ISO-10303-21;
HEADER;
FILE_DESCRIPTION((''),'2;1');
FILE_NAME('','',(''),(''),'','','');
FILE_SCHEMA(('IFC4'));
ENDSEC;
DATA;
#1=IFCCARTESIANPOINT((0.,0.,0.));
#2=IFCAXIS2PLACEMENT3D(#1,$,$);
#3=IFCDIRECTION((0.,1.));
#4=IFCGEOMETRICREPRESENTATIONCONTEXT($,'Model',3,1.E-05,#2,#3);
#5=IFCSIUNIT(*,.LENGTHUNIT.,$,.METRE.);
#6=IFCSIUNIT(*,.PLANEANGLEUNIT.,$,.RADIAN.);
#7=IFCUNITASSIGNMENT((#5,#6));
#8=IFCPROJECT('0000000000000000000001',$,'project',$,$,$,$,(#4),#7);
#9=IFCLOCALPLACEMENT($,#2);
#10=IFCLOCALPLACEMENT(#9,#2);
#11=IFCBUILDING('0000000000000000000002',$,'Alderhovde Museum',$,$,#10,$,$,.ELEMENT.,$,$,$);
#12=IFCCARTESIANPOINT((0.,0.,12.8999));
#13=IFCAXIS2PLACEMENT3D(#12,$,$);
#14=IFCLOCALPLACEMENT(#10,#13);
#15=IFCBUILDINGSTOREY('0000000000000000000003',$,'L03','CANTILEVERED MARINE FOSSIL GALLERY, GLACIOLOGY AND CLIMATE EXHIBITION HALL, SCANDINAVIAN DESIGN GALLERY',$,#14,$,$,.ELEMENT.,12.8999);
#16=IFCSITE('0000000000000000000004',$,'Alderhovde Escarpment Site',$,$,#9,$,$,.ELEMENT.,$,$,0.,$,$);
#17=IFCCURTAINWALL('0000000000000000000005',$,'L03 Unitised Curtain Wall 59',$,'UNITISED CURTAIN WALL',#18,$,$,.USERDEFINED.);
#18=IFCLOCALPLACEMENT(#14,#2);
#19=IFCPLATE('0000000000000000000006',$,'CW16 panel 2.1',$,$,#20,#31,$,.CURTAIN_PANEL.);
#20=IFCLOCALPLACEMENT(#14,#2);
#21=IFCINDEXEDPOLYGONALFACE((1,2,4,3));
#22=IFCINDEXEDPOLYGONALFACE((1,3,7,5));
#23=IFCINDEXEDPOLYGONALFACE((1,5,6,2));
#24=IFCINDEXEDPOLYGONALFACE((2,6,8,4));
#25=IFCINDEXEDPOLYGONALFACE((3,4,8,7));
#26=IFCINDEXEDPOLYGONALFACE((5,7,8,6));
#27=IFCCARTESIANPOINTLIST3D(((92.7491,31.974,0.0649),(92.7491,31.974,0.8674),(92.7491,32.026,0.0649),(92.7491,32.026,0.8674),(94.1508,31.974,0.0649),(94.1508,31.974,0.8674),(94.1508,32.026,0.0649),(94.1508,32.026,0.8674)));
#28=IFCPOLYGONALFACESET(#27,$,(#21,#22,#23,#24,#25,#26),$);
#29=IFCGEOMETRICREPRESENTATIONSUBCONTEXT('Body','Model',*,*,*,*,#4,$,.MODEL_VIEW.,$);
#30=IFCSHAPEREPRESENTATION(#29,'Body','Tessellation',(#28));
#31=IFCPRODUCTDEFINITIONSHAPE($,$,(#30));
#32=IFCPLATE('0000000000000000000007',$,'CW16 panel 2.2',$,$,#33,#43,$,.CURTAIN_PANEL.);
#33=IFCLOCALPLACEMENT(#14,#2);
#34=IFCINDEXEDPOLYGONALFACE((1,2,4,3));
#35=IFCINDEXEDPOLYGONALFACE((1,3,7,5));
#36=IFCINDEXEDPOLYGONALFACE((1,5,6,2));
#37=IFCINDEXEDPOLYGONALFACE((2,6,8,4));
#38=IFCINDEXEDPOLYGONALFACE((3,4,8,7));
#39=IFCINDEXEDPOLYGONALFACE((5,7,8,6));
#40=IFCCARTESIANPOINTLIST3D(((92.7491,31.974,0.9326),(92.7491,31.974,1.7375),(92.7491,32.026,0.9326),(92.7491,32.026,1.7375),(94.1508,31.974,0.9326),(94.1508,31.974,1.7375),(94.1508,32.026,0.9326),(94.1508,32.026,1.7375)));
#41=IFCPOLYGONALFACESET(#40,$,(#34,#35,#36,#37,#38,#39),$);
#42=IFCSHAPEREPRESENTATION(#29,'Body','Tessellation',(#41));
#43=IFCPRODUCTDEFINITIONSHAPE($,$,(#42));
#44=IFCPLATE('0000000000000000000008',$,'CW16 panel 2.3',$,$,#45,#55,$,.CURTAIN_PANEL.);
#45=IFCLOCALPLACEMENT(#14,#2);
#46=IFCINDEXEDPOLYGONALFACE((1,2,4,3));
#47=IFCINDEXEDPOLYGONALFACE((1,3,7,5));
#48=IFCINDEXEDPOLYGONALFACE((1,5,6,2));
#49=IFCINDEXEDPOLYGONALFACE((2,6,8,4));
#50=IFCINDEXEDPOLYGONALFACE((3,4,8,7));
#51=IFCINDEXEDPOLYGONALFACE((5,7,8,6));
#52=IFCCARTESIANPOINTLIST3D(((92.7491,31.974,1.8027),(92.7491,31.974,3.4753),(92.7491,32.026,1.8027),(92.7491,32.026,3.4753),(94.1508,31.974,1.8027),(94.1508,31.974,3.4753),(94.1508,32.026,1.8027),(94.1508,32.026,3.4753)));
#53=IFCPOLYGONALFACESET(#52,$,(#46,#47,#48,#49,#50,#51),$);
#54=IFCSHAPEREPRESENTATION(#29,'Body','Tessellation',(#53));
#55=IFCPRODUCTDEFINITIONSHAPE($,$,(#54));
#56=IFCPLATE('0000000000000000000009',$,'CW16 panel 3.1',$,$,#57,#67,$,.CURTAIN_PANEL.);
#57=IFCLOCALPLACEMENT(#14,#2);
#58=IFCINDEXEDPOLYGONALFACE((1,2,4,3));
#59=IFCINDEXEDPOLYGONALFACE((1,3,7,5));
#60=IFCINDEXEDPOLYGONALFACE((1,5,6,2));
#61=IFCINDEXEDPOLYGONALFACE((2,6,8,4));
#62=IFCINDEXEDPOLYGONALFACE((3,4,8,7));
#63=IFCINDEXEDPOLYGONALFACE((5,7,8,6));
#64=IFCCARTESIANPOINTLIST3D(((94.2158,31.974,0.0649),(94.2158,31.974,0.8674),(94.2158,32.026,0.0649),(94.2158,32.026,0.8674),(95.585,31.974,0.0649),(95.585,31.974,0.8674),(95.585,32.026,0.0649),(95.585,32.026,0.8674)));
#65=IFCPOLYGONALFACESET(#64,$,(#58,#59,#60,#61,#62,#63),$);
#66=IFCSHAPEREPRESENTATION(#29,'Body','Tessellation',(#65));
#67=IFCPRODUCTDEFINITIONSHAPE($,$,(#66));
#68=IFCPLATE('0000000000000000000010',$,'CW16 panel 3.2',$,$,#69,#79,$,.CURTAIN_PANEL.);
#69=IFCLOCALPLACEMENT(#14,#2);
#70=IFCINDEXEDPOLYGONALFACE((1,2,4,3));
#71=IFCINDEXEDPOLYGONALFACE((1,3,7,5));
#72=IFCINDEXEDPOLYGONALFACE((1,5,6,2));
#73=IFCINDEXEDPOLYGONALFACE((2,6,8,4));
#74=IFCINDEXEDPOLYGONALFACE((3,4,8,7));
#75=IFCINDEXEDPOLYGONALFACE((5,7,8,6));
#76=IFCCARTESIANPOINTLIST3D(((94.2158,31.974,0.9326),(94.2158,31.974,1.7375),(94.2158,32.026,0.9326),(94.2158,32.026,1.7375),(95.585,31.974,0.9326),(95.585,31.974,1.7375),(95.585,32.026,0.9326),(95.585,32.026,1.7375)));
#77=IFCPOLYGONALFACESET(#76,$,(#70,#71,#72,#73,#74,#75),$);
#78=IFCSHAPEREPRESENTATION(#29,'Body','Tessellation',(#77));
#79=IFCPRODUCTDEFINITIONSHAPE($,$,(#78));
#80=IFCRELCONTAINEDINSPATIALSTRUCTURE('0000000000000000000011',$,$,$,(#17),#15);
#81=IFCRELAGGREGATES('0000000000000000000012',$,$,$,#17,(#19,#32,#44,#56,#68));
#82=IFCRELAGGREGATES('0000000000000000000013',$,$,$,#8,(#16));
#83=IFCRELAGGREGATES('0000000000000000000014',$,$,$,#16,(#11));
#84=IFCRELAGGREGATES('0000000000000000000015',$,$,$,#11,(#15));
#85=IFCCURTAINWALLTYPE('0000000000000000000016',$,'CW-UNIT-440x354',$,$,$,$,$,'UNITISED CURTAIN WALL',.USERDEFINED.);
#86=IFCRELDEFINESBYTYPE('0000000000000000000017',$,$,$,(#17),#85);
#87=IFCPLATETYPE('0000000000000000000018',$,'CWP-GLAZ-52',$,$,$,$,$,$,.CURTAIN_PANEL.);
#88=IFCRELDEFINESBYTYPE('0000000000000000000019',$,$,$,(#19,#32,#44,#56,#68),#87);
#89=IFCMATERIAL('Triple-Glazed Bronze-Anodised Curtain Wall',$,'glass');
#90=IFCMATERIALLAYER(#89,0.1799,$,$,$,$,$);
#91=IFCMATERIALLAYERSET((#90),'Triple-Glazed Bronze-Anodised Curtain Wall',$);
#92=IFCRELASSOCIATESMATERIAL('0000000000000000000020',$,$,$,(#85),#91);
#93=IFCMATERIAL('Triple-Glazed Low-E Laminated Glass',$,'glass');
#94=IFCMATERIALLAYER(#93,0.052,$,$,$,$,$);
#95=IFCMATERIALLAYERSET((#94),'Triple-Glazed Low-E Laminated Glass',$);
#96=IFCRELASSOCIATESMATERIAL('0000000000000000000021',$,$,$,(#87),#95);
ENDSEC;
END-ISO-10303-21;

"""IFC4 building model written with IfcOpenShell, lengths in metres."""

from ifc_helpers import new_model, si_unit, direction, frame, origin, origin_2d, place, context, subcontext, project, spatial, rectangle, extrude, material, layer, layer_set, type_object, element, aggregate, save


model = new_model("IFC4")

# Units and contexts
model_context = context("Model", 3, precision=1e-05, world=origin(), true_north=direction((0.0, 1.0)))
body_context = subcontext(model_context, "Body", "Model", "MODEL_VIEW")
ifc_project = project(units=[si_unit("LENGTHUNIT", "METRE"), si_unit("PLANEANGLEUNIT", "RADIAN")], contexts=[model_context])

# Site, building, storey
site_placement = place(None, origin())
site = spatial("IfcSite", under=ifc_project, at=site_placement, Name="Alderhovde Escarpment Site", CompositionType="ELEMENT", RefElevation=0.0)
building_placement = place(site_placement, origin())
building = spatial("IfcBuilding", under=site, at=building_placement, Name="Alderhovde Museum", CompositionType="ELEMENT")
storey_placement = place(building_placement, frame((0.0, 0.0, 12.8999)))
storey = spatial("IfcBuildingStorey", under=building, at=storey_placement, Name="L03", Description="CANTILEVERED MARINE FOSSIL GALLERY, GLACIOLOGY AND CLIMATE EXHIBITION HALL, SCANDINAVIAN DESIGN GALLERY", CompositionType="ELEMENT", Elevation=12.8999)

# Curtain wall
ifc_material_1 = material(Name="Triple-Glazed Bronze-Anodised Curtain Wall", Category="glass")
ifc_layer_1 = layer(ifc_material_1, 0.1799)
ifc_layer_set_1 = layer_set([ifc_layer_1], Name="Triple-Glazed Bronze-Anodised Curtain Wall")
curtain_wall_type_1 = type_object("IfcCurtainWallType", Name="CW-UNIT-440x354", ElementType="UNITISED CURTAIN WALL", PredefinedType="USERDEFINED", material=ifc_layer_set_1)
curtain_wall_1_placement = place(storey_placement, origin())
curtain_wall_1 = element("IfcCurtainWall", 1, at=curtain_wall_1_placement, inside=storey, type_object=curtain_wall_type_1, Name="L03 Unitised Curtain Wall 59", ObjectType="UNITISED CURTAIN WALL", PredefinedType="USERDEFINED")

# Plates
ifc_material_2 = material(Name="Triple-Glazed Low-E Laminated Glass", Category="glass")
ifc_layer_2 = layer(ifc_material_2, 0.052)
ifc_layer_set_2 = layer_set([ifc_layer_2], Name="Triple-Glazed Low-E Laminated Glass")
plate_type_1 = type_object("IfcPlateType", Name="CWP-GLAZ-52", PredefinedType="CURTAIN_PANEL", material=ifc_layer_set_2)
plate_1_placement = place(storey_placement, frame((93.45, 32.0, 0.0649), z_axis=(0.0, 0.0, 1.0), x_axis=(1.0, 0.0, 0.0)))
plate_1 = element("IfcPlate", 2, at=plate_1_placement, type_object=plate_type_1, Name="CW16 panel 2.1", PredefinedType="CURTAIN_PANEL", context=body_context, shape_type="SweptSolid", body=[
    extrude(rectangle(XDim=1.4016, YDim=0.052, at=origin_2d()), origin(), (0.0, 0.0, 1.0), 0.8025),
])
plate_2_placement = place(storey_placement, frame((93.45, 32.0, 0.9326), z_axis=(0.0, 0.0, 1.0), x_axis=(1.0, 0.0, 0.0)))
plate_2 = element("IfcPlate", 3, at=plate_2_placement, type_object=plate_type_1, Name="CW16 panel 2.2", PredefinedType="CURTAIN_PANEL", context=body_context, shape_type="SweptSolid", body=[
    extrude(rectangle(XDim=1.4016, YDim=0.052, at=origin_2d()), origin(), (0.0, 0.0, 1.0), 0.8049),
])
plate_3_placement = place(storey_placement, frame((93.45, 32.0, 1.8027), z_axis=(0.0, 0.0, 1.0), x_axis=(1.0, 0.0, 0.0)))
plate_3 = element("IfcPlate", 4, at=plate_3_placement, type_object=plate_type_1, Name="CW16 panel 2.3", PredefinedType="CURTAIN_PANEL", context=body_context, shape_type="SweptSolid", body=[
    extrude(rectangle(XDim=1.4016, YDim=0.052, at=origin_2d()), origin(), (0.0, 0.0, 1.0), 1.6726),
])
plate_4_placement = place(storey_placement, frame((94.9004, 32.0, 0.0649), z_axis=(0.0, 0.0, 1.0), x_axis=(1.0, 0.0, 0.0)))
plate_4 = element("IfcPlate", 5, at=plate_4_placement, type_object=plate_type_1, Name="CW16 panel 3.1", PredefinedType="CURTAIN_PANEL", context=body_context, shape_type="SweptSolid", body=[
    extrude(rectangle(XDim=1.3691, YDim=0.052, at=origin_2d()), origin(), (0.0, 0.0, 1.0), 0.8025),
])
plate_5_placement = place(storey_placement, frame((94.9004, 32.0, 0.9326), z_axis=(0.0, 0.0, 1.0), x_axis=(1.0, 0.0, 0.0)))
plate_5 = element("IfcPlate", 6, at=plate_5_placement, type_object=plate_type_1, Name="CW16 panel 3.2", PredefinedType="CURTAIN_PANEL", context=body_context, shape_type="SweptSolid", body=[
    extrude(rectangle(XDim=1.3691, YDim=0.052, at=origin_2d()), origin(), (0.0, 0.0, 1.0), 0.8049),
])
aggregate(curtain_wall_1, [plate_1, plate_2, plate_3, plate_4, plate_5])

save(model, "model.ifc")
